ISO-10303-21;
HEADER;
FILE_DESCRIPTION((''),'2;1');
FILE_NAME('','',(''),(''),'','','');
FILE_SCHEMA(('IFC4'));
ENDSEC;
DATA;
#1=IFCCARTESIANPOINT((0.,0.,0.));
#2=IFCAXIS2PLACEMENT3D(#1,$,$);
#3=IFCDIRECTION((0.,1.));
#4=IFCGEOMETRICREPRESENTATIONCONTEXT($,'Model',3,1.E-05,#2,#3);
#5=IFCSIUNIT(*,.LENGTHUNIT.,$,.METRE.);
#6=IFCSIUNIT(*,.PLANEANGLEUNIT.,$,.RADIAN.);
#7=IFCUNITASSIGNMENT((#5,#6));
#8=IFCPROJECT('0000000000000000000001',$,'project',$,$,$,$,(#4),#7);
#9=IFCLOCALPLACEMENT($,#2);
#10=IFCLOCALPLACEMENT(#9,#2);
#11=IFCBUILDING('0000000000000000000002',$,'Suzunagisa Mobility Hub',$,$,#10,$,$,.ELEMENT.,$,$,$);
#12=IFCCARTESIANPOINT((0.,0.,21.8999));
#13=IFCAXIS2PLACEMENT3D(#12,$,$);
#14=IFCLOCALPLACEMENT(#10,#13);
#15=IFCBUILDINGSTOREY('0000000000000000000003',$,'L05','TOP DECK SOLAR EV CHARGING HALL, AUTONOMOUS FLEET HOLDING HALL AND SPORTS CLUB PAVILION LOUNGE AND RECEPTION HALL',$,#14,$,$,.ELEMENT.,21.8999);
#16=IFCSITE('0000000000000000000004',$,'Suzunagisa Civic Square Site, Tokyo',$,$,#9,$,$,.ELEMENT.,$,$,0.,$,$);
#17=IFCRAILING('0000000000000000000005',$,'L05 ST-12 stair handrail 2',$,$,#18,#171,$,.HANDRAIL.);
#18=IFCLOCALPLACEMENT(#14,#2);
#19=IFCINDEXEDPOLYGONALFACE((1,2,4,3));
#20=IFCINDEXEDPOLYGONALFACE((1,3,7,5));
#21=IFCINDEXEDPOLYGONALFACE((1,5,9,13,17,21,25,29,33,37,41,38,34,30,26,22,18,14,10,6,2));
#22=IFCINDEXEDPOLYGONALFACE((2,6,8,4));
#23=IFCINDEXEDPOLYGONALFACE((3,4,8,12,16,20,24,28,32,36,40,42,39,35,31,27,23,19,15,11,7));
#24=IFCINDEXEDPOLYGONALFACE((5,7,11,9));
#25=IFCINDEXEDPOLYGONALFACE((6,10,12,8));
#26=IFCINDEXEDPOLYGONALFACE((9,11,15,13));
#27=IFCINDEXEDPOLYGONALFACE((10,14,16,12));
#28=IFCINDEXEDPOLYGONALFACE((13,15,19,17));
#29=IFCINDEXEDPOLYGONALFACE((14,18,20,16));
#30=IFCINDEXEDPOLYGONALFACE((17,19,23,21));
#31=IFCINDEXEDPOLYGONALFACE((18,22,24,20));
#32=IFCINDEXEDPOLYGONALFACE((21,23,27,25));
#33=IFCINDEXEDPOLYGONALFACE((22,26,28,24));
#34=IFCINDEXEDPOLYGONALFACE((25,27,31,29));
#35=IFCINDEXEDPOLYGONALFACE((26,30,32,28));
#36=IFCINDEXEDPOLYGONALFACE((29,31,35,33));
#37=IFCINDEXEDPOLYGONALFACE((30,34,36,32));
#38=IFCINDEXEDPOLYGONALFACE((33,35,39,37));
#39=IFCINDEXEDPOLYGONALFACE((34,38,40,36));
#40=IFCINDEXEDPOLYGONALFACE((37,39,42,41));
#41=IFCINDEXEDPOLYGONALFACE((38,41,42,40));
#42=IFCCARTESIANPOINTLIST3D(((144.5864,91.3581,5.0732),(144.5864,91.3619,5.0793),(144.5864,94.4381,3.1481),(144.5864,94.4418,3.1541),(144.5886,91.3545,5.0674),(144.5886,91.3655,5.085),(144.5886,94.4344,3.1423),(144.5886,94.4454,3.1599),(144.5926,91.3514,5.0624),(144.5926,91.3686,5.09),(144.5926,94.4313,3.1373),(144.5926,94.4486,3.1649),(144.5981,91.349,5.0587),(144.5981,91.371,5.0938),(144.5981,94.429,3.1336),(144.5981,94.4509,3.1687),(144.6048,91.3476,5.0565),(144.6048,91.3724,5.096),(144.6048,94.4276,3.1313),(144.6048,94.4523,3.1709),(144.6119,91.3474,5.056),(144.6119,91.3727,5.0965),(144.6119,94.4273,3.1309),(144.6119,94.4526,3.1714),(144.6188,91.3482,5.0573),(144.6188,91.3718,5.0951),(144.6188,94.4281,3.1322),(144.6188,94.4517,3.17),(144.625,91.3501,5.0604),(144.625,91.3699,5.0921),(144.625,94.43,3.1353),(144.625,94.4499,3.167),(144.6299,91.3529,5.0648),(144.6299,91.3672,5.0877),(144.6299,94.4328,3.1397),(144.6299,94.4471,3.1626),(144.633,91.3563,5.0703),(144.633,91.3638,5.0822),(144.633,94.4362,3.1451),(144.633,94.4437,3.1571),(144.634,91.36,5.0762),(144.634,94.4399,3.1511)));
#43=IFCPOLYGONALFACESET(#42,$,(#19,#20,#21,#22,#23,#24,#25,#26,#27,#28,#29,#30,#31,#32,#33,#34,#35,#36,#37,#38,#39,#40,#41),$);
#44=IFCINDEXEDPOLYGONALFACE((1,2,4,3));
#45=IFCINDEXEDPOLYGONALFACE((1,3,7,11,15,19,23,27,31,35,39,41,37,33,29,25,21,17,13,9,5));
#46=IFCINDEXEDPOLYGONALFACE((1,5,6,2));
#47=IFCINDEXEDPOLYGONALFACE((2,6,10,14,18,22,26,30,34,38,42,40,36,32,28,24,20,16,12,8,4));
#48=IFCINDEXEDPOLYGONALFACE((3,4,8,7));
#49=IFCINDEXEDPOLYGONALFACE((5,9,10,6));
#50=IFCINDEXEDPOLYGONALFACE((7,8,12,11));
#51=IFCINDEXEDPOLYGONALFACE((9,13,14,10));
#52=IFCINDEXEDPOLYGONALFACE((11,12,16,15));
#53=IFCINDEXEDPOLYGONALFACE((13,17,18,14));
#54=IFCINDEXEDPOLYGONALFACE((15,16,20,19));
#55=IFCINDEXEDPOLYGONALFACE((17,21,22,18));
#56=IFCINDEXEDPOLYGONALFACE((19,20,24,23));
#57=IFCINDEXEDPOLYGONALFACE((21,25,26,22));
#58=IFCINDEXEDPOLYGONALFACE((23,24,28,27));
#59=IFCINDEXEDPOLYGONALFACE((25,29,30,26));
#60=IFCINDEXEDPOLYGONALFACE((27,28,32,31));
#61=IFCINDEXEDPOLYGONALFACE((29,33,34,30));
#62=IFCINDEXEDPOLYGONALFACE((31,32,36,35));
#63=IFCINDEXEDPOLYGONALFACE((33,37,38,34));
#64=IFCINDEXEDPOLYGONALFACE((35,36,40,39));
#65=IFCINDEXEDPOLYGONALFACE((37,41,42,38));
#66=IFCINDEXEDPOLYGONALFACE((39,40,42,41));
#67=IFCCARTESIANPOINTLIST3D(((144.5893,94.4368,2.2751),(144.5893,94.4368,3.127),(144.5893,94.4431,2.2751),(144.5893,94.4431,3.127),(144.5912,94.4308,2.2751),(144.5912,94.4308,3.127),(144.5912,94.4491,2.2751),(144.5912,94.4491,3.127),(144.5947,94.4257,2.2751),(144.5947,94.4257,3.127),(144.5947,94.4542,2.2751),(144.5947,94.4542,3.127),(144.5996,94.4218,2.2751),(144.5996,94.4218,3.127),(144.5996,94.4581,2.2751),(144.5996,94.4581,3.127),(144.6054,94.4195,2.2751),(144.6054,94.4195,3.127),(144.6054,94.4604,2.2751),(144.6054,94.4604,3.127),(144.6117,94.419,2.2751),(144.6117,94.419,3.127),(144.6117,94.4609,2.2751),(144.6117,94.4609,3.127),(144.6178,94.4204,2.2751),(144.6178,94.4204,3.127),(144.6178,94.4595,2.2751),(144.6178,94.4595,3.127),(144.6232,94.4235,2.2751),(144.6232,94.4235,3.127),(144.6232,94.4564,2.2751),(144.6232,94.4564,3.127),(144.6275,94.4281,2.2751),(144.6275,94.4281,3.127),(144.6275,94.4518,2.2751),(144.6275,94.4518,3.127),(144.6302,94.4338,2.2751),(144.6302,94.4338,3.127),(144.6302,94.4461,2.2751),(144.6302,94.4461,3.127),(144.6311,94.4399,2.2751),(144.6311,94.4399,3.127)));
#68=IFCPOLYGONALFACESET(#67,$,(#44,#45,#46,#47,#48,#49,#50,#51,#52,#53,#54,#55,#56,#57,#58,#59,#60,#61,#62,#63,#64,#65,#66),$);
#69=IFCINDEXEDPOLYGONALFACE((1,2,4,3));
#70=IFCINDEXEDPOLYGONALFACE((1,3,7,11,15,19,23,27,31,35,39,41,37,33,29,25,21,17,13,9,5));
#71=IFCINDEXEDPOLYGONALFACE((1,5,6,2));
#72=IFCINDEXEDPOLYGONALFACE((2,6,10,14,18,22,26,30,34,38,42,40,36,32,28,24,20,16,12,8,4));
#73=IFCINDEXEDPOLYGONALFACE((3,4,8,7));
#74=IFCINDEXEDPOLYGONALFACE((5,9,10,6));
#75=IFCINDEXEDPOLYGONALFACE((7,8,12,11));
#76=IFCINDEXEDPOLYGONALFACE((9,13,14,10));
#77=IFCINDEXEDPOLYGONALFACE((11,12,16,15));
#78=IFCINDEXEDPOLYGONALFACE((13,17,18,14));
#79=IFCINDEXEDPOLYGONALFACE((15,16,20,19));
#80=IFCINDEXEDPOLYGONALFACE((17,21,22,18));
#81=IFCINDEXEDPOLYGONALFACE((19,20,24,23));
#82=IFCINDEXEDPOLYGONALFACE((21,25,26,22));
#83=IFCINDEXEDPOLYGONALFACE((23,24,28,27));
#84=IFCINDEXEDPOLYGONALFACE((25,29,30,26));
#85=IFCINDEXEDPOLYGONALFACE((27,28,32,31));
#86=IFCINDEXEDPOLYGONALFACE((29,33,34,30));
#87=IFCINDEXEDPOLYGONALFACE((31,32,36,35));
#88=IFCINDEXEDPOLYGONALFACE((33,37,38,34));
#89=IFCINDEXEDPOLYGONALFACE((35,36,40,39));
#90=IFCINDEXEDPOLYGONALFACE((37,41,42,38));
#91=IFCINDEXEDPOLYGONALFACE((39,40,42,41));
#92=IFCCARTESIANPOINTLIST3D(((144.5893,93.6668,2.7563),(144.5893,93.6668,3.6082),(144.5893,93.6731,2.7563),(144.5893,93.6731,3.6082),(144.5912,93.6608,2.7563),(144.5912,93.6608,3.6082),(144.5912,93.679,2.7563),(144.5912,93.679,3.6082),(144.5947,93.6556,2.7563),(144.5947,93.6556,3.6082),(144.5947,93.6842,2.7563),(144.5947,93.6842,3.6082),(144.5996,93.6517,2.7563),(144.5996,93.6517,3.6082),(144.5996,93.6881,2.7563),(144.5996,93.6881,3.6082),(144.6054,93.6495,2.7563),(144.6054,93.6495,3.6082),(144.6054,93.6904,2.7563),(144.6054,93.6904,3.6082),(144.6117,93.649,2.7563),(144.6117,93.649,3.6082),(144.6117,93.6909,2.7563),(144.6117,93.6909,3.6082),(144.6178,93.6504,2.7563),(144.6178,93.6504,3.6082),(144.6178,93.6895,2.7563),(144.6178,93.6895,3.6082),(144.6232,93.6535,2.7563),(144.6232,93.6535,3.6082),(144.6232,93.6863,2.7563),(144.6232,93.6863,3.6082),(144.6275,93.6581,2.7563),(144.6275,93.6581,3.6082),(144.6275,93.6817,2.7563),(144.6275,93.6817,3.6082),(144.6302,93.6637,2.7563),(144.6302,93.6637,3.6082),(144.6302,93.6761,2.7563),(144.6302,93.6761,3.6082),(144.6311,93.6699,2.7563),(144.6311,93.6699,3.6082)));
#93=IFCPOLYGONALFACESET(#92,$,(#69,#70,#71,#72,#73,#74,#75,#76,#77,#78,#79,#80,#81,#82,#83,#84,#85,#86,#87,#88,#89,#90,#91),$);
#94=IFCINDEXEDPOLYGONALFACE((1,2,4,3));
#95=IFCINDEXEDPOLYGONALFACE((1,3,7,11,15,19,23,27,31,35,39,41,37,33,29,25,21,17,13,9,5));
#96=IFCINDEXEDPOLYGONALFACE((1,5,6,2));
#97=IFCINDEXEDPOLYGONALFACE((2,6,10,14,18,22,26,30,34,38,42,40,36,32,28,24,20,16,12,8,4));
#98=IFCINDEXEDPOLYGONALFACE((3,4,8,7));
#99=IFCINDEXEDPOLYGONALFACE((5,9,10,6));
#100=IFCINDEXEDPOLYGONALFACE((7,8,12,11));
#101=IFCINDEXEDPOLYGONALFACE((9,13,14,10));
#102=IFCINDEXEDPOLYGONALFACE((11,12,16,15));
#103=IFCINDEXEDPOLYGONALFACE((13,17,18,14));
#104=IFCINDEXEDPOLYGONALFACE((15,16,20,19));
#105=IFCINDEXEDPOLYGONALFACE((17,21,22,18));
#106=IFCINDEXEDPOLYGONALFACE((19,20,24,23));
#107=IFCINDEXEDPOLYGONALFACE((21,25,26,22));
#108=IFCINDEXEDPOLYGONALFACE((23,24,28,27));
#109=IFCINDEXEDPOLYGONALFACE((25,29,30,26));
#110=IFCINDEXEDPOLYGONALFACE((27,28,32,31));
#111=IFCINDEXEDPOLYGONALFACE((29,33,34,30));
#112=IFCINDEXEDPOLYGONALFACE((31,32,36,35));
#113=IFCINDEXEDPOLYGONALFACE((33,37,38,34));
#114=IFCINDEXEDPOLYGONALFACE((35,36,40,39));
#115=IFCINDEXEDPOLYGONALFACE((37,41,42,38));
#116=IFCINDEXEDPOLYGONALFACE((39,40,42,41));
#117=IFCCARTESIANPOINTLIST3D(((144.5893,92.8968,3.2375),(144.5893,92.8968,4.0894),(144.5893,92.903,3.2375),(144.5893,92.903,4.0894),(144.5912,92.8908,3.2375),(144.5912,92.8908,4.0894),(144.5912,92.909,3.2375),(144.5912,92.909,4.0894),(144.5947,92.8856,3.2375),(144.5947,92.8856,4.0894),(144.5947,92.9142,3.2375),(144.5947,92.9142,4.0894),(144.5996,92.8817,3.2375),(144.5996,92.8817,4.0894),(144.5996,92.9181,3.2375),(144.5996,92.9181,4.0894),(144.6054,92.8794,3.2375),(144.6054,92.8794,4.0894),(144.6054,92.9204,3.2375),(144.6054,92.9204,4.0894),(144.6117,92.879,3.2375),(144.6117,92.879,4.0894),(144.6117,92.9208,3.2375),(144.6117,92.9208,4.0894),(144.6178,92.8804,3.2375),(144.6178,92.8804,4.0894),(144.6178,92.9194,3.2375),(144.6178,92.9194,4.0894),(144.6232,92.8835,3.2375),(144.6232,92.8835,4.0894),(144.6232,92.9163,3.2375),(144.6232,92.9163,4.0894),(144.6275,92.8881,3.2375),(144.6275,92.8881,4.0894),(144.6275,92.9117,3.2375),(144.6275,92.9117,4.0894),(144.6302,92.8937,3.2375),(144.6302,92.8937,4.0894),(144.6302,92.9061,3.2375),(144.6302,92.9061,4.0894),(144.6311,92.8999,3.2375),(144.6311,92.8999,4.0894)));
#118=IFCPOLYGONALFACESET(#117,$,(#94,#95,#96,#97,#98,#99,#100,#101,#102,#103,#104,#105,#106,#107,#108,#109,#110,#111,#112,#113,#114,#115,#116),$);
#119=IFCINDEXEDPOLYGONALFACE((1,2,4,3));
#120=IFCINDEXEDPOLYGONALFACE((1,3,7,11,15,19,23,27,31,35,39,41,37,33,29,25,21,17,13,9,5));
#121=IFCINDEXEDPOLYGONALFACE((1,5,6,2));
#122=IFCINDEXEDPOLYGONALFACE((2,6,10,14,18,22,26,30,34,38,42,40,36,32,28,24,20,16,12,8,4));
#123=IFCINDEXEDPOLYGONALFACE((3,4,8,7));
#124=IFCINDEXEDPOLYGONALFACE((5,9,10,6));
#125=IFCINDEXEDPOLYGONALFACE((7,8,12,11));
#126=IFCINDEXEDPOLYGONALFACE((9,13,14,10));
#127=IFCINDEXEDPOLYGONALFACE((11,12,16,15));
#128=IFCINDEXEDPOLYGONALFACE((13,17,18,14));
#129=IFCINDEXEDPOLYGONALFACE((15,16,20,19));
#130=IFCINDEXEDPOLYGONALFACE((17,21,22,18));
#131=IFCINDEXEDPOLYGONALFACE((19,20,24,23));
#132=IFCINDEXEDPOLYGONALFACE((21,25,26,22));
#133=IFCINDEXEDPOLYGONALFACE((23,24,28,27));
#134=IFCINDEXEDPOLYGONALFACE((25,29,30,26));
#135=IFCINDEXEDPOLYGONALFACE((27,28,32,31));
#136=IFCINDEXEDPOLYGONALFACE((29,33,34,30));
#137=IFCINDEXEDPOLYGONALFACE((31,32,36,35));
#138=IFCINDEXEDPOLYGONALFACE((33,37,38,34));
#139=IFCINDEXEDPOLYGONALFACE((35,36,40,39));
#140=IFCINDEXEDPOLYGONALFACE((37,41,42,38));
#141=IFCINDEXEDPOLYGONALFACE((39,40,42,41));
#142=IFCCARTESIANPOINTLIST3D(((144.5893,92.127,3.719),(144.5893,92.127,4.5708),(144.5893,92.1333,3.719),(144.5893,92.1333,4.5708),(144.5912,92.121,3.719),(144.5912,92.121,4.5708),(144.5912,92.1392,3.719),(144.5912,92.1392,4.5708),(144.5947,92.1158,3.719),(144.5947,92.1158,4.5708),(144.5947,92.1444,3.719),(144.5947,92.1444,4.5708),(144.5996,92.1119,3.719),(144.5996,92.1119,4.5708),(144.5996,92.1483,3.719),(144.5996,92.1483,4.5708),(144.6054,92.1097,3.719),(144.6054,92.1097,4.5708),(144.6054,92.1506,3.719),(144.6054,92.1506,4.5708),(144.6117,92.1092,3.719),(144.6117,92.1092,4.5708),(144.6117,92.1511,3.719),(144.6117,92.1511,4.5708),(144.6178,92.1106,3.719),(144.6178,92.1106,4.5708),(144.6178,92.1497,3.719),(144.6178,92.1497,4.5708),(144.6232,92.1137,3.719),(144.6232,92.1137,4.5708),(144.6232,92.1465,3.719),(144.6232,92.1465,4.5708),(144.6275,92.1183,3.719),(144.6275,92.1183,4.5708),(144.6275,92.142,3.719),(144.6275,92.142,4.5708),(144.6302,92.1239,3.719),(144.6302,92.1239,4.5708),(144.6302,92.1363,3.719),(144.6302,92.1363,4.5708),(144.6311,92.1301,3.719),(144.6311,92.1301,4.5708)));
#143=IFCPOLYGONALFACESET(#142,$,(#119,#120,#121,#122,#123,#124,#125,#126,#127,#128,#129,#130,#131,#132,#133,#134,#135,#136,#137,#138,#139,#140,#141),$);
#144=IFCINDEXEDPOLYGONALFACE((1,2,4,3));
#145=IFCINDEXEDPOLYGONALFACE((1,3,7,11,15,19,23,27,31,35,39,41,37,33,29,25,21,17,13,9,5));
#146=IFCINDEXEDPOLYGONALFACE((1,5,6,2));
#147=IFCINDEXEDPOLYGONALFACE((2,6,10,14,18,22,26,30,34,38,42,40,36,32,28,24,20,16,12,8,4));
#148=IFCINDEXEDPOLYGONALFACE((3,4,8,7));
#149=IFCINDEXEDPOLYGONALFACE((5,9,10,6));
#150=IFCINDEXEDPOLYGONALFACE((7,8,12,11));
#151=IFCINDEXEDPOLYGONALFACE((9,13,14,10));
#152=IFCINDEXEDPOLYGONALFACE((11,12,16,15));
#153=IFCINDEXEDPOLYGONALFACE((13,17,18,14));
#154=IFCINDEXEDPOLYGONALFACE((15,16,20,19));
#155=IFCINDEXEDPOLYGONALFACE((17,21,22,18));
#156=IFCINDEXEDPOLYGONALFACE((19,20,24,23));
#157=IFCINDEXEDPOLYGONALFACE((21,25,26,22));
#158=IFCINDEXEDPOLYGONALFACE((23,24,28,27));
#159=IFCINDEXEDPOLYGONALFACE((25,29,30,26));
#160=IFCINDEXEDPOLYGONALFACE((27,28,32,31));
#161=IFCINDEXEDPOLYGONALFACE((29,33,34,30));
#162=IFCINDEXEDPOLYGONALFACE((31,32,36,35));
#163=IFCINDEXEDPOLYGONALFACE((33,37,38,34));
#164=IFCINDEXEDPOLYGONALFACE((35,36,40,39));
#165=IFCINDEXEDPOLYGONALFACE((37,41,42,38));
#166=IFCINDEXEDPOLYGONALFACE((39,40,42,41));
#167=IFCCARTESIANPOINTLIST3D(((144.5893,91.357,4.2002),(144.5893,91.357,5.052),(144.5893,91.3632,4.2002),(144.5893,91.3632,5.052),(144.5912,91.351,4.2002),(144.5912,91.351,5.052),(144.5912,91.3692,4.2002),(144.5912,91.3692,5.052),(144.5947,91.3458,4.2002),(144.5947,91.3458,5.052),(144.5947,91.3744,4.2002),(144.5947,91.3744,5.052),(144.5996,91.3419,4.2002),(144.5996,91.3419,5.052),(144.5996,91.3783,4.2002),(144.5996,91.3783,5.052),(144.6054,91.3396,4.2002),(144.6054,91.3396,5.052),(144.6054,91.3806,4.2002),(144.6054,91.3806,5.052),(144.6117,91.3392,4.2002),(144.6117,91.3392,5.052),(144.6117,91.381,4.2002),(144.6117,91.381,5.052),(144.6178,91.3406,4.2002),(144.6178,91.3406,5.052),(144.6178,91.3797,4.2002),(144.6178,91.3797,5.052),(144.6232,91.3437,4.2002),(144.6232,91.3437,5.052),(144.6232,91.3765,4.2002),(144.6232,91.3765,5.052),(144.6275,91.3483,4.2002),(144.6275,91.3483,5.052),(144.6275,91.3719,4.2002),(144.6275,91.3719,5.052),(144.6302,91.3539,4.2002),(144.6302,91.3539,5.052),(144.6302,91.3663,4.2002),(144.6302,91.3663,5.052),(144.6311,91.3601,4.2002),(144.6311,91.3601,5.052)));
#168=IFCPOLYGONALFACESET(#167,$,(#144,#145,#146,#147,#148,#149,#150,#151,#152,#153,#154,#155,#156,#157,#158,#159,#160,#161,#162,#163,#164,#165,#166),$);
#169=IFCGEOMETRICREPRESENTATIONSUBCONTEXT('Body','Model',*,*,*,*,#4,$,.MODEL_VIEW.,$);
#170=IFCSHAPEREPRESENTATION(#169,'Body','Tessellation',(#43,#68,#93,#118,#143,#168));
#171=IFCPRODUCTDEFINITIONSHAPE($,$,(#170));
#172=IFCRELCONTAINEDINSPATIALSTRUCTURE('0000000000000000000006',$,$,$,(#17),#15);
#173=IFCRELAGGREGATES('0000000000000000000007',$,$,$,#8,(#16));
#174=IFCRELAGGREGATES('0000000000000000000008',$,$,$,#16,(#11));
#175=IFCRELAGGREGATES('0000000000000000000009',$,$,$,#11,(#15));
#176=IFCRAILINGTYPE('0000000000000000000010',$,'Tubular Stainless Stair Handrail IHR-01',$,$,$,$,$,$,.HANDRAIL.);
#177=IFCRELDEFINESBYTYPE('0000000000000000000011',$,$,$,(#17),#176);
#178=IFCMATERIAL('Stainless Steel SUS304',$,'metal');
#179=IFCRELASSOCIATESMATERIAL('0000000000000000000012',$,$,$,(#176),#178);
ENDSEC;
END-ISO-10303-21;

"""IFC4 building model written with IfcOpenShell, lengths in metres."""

from ifc_helpers import new_model, si_unit, direction, frame, origin, origin_2d, place, context, subcontext, project, spatial, circle, extrude, material, type_object, element, save


model = new_model("IFC4")

# Units and contexts
model_context = context("Model", 3, precision=1e-05, world=origin(), true_north=direction((0.0, 1.0)))
body_context = subcontext(model_context, "Body", "Model", "MODEL_VIEW")
ifc_project = project(units=[si_unit("LENGTHUNIT", "METRE"), si_unit("PLANEANGLEUNIT", "RADIAN")], contexts=[model_context])

# Site, building, storey
site_placement = place(None, origin())
site = spatial("IfcSite", under=ifc_project, at=site_placement, Name="Suzunagisa Civic Square Site, Tokyo", CompositionType="ELEMENT", RefElevation=0.0)
building_placement = place(site_placement, origin())
building = spatial("IfcBuilding", under=site, at=building_placement, Name="Suzunagisa Mobility Hub", CompositionType="ELEMENT")
storey_placement = place(building_placement, frame((0.0, 0.0, 21.8999)))
storey = spatial("IfcBuildingStorey", under=building, at=storey_placement, Name="L05", Description="TOP DECK SOLAR EV CHARGING HALL, AUTONOMOUS FLEET HOLDING HALL AND SPORTS CLUB PAVILION LOUNGE AND RECEPTION HALL", CompositionType="ELEMENT", Elevation=21.8999)

# Railing
ifc_material_1 = material(Name="Stainless Steel SUS304", Category="metal")
railing_type_1 = type_object("IfcRailingType", Name="Tubular Stainless Stair Handrail IHR-01", PredefinedType="HANDRAIL", material=ifc_material_1)
railing_1_placement = place(storey_placement, frame((144.6101, 94.4399, 2.2751)))
element("IfcRailing", 1, at=railing_1_placement, inside=storey, type_object=railing_type_1, Name="L05 ST-12 stair handrail 2", PredefinedType="HANDRAIL", context=body_context, shape_type="SweptSolid", body=[
    extrude(circle(Radius=0.0239, at=origin_2d()), frame((0.0, 0.0, 0.876), z_axis=(0.0, -0.847979, 0.530029), x_axis=(1.0, 0.0, 0.0)), (0.0, 0.0, 1.0), 3.6321),
    extrude(circle(Radius=0.021, at=origin_2d()), origin(), (0.0, 0.0, 1.0), 0.8518),
    extrude(circle(Radius=0.021, at=origin_2d()), frame((0.0, -0.77, 0.4812)), (0.0, 0.0, 1.0), 0.8518),
    extrude(circle(Radius=0.021, at=origin_2d()), frame((0.0, -1.54, 0.9624)), (0.0, 0.0, 1.0), 0.8518),
    extrude(circle(Radius=0.021, at=origin_2d()), frame((0.0, -2.3098, 1.4438)), (0.0, 0.0, 1.0), 0.8518),
    extrude(circle(Radius=0.021, at=origin_2d()), frame((0.0, -3.0798, 1.925)), (0.0, 0.0, 1.0), 0.8518),
])

save(model, "model.ifc")
